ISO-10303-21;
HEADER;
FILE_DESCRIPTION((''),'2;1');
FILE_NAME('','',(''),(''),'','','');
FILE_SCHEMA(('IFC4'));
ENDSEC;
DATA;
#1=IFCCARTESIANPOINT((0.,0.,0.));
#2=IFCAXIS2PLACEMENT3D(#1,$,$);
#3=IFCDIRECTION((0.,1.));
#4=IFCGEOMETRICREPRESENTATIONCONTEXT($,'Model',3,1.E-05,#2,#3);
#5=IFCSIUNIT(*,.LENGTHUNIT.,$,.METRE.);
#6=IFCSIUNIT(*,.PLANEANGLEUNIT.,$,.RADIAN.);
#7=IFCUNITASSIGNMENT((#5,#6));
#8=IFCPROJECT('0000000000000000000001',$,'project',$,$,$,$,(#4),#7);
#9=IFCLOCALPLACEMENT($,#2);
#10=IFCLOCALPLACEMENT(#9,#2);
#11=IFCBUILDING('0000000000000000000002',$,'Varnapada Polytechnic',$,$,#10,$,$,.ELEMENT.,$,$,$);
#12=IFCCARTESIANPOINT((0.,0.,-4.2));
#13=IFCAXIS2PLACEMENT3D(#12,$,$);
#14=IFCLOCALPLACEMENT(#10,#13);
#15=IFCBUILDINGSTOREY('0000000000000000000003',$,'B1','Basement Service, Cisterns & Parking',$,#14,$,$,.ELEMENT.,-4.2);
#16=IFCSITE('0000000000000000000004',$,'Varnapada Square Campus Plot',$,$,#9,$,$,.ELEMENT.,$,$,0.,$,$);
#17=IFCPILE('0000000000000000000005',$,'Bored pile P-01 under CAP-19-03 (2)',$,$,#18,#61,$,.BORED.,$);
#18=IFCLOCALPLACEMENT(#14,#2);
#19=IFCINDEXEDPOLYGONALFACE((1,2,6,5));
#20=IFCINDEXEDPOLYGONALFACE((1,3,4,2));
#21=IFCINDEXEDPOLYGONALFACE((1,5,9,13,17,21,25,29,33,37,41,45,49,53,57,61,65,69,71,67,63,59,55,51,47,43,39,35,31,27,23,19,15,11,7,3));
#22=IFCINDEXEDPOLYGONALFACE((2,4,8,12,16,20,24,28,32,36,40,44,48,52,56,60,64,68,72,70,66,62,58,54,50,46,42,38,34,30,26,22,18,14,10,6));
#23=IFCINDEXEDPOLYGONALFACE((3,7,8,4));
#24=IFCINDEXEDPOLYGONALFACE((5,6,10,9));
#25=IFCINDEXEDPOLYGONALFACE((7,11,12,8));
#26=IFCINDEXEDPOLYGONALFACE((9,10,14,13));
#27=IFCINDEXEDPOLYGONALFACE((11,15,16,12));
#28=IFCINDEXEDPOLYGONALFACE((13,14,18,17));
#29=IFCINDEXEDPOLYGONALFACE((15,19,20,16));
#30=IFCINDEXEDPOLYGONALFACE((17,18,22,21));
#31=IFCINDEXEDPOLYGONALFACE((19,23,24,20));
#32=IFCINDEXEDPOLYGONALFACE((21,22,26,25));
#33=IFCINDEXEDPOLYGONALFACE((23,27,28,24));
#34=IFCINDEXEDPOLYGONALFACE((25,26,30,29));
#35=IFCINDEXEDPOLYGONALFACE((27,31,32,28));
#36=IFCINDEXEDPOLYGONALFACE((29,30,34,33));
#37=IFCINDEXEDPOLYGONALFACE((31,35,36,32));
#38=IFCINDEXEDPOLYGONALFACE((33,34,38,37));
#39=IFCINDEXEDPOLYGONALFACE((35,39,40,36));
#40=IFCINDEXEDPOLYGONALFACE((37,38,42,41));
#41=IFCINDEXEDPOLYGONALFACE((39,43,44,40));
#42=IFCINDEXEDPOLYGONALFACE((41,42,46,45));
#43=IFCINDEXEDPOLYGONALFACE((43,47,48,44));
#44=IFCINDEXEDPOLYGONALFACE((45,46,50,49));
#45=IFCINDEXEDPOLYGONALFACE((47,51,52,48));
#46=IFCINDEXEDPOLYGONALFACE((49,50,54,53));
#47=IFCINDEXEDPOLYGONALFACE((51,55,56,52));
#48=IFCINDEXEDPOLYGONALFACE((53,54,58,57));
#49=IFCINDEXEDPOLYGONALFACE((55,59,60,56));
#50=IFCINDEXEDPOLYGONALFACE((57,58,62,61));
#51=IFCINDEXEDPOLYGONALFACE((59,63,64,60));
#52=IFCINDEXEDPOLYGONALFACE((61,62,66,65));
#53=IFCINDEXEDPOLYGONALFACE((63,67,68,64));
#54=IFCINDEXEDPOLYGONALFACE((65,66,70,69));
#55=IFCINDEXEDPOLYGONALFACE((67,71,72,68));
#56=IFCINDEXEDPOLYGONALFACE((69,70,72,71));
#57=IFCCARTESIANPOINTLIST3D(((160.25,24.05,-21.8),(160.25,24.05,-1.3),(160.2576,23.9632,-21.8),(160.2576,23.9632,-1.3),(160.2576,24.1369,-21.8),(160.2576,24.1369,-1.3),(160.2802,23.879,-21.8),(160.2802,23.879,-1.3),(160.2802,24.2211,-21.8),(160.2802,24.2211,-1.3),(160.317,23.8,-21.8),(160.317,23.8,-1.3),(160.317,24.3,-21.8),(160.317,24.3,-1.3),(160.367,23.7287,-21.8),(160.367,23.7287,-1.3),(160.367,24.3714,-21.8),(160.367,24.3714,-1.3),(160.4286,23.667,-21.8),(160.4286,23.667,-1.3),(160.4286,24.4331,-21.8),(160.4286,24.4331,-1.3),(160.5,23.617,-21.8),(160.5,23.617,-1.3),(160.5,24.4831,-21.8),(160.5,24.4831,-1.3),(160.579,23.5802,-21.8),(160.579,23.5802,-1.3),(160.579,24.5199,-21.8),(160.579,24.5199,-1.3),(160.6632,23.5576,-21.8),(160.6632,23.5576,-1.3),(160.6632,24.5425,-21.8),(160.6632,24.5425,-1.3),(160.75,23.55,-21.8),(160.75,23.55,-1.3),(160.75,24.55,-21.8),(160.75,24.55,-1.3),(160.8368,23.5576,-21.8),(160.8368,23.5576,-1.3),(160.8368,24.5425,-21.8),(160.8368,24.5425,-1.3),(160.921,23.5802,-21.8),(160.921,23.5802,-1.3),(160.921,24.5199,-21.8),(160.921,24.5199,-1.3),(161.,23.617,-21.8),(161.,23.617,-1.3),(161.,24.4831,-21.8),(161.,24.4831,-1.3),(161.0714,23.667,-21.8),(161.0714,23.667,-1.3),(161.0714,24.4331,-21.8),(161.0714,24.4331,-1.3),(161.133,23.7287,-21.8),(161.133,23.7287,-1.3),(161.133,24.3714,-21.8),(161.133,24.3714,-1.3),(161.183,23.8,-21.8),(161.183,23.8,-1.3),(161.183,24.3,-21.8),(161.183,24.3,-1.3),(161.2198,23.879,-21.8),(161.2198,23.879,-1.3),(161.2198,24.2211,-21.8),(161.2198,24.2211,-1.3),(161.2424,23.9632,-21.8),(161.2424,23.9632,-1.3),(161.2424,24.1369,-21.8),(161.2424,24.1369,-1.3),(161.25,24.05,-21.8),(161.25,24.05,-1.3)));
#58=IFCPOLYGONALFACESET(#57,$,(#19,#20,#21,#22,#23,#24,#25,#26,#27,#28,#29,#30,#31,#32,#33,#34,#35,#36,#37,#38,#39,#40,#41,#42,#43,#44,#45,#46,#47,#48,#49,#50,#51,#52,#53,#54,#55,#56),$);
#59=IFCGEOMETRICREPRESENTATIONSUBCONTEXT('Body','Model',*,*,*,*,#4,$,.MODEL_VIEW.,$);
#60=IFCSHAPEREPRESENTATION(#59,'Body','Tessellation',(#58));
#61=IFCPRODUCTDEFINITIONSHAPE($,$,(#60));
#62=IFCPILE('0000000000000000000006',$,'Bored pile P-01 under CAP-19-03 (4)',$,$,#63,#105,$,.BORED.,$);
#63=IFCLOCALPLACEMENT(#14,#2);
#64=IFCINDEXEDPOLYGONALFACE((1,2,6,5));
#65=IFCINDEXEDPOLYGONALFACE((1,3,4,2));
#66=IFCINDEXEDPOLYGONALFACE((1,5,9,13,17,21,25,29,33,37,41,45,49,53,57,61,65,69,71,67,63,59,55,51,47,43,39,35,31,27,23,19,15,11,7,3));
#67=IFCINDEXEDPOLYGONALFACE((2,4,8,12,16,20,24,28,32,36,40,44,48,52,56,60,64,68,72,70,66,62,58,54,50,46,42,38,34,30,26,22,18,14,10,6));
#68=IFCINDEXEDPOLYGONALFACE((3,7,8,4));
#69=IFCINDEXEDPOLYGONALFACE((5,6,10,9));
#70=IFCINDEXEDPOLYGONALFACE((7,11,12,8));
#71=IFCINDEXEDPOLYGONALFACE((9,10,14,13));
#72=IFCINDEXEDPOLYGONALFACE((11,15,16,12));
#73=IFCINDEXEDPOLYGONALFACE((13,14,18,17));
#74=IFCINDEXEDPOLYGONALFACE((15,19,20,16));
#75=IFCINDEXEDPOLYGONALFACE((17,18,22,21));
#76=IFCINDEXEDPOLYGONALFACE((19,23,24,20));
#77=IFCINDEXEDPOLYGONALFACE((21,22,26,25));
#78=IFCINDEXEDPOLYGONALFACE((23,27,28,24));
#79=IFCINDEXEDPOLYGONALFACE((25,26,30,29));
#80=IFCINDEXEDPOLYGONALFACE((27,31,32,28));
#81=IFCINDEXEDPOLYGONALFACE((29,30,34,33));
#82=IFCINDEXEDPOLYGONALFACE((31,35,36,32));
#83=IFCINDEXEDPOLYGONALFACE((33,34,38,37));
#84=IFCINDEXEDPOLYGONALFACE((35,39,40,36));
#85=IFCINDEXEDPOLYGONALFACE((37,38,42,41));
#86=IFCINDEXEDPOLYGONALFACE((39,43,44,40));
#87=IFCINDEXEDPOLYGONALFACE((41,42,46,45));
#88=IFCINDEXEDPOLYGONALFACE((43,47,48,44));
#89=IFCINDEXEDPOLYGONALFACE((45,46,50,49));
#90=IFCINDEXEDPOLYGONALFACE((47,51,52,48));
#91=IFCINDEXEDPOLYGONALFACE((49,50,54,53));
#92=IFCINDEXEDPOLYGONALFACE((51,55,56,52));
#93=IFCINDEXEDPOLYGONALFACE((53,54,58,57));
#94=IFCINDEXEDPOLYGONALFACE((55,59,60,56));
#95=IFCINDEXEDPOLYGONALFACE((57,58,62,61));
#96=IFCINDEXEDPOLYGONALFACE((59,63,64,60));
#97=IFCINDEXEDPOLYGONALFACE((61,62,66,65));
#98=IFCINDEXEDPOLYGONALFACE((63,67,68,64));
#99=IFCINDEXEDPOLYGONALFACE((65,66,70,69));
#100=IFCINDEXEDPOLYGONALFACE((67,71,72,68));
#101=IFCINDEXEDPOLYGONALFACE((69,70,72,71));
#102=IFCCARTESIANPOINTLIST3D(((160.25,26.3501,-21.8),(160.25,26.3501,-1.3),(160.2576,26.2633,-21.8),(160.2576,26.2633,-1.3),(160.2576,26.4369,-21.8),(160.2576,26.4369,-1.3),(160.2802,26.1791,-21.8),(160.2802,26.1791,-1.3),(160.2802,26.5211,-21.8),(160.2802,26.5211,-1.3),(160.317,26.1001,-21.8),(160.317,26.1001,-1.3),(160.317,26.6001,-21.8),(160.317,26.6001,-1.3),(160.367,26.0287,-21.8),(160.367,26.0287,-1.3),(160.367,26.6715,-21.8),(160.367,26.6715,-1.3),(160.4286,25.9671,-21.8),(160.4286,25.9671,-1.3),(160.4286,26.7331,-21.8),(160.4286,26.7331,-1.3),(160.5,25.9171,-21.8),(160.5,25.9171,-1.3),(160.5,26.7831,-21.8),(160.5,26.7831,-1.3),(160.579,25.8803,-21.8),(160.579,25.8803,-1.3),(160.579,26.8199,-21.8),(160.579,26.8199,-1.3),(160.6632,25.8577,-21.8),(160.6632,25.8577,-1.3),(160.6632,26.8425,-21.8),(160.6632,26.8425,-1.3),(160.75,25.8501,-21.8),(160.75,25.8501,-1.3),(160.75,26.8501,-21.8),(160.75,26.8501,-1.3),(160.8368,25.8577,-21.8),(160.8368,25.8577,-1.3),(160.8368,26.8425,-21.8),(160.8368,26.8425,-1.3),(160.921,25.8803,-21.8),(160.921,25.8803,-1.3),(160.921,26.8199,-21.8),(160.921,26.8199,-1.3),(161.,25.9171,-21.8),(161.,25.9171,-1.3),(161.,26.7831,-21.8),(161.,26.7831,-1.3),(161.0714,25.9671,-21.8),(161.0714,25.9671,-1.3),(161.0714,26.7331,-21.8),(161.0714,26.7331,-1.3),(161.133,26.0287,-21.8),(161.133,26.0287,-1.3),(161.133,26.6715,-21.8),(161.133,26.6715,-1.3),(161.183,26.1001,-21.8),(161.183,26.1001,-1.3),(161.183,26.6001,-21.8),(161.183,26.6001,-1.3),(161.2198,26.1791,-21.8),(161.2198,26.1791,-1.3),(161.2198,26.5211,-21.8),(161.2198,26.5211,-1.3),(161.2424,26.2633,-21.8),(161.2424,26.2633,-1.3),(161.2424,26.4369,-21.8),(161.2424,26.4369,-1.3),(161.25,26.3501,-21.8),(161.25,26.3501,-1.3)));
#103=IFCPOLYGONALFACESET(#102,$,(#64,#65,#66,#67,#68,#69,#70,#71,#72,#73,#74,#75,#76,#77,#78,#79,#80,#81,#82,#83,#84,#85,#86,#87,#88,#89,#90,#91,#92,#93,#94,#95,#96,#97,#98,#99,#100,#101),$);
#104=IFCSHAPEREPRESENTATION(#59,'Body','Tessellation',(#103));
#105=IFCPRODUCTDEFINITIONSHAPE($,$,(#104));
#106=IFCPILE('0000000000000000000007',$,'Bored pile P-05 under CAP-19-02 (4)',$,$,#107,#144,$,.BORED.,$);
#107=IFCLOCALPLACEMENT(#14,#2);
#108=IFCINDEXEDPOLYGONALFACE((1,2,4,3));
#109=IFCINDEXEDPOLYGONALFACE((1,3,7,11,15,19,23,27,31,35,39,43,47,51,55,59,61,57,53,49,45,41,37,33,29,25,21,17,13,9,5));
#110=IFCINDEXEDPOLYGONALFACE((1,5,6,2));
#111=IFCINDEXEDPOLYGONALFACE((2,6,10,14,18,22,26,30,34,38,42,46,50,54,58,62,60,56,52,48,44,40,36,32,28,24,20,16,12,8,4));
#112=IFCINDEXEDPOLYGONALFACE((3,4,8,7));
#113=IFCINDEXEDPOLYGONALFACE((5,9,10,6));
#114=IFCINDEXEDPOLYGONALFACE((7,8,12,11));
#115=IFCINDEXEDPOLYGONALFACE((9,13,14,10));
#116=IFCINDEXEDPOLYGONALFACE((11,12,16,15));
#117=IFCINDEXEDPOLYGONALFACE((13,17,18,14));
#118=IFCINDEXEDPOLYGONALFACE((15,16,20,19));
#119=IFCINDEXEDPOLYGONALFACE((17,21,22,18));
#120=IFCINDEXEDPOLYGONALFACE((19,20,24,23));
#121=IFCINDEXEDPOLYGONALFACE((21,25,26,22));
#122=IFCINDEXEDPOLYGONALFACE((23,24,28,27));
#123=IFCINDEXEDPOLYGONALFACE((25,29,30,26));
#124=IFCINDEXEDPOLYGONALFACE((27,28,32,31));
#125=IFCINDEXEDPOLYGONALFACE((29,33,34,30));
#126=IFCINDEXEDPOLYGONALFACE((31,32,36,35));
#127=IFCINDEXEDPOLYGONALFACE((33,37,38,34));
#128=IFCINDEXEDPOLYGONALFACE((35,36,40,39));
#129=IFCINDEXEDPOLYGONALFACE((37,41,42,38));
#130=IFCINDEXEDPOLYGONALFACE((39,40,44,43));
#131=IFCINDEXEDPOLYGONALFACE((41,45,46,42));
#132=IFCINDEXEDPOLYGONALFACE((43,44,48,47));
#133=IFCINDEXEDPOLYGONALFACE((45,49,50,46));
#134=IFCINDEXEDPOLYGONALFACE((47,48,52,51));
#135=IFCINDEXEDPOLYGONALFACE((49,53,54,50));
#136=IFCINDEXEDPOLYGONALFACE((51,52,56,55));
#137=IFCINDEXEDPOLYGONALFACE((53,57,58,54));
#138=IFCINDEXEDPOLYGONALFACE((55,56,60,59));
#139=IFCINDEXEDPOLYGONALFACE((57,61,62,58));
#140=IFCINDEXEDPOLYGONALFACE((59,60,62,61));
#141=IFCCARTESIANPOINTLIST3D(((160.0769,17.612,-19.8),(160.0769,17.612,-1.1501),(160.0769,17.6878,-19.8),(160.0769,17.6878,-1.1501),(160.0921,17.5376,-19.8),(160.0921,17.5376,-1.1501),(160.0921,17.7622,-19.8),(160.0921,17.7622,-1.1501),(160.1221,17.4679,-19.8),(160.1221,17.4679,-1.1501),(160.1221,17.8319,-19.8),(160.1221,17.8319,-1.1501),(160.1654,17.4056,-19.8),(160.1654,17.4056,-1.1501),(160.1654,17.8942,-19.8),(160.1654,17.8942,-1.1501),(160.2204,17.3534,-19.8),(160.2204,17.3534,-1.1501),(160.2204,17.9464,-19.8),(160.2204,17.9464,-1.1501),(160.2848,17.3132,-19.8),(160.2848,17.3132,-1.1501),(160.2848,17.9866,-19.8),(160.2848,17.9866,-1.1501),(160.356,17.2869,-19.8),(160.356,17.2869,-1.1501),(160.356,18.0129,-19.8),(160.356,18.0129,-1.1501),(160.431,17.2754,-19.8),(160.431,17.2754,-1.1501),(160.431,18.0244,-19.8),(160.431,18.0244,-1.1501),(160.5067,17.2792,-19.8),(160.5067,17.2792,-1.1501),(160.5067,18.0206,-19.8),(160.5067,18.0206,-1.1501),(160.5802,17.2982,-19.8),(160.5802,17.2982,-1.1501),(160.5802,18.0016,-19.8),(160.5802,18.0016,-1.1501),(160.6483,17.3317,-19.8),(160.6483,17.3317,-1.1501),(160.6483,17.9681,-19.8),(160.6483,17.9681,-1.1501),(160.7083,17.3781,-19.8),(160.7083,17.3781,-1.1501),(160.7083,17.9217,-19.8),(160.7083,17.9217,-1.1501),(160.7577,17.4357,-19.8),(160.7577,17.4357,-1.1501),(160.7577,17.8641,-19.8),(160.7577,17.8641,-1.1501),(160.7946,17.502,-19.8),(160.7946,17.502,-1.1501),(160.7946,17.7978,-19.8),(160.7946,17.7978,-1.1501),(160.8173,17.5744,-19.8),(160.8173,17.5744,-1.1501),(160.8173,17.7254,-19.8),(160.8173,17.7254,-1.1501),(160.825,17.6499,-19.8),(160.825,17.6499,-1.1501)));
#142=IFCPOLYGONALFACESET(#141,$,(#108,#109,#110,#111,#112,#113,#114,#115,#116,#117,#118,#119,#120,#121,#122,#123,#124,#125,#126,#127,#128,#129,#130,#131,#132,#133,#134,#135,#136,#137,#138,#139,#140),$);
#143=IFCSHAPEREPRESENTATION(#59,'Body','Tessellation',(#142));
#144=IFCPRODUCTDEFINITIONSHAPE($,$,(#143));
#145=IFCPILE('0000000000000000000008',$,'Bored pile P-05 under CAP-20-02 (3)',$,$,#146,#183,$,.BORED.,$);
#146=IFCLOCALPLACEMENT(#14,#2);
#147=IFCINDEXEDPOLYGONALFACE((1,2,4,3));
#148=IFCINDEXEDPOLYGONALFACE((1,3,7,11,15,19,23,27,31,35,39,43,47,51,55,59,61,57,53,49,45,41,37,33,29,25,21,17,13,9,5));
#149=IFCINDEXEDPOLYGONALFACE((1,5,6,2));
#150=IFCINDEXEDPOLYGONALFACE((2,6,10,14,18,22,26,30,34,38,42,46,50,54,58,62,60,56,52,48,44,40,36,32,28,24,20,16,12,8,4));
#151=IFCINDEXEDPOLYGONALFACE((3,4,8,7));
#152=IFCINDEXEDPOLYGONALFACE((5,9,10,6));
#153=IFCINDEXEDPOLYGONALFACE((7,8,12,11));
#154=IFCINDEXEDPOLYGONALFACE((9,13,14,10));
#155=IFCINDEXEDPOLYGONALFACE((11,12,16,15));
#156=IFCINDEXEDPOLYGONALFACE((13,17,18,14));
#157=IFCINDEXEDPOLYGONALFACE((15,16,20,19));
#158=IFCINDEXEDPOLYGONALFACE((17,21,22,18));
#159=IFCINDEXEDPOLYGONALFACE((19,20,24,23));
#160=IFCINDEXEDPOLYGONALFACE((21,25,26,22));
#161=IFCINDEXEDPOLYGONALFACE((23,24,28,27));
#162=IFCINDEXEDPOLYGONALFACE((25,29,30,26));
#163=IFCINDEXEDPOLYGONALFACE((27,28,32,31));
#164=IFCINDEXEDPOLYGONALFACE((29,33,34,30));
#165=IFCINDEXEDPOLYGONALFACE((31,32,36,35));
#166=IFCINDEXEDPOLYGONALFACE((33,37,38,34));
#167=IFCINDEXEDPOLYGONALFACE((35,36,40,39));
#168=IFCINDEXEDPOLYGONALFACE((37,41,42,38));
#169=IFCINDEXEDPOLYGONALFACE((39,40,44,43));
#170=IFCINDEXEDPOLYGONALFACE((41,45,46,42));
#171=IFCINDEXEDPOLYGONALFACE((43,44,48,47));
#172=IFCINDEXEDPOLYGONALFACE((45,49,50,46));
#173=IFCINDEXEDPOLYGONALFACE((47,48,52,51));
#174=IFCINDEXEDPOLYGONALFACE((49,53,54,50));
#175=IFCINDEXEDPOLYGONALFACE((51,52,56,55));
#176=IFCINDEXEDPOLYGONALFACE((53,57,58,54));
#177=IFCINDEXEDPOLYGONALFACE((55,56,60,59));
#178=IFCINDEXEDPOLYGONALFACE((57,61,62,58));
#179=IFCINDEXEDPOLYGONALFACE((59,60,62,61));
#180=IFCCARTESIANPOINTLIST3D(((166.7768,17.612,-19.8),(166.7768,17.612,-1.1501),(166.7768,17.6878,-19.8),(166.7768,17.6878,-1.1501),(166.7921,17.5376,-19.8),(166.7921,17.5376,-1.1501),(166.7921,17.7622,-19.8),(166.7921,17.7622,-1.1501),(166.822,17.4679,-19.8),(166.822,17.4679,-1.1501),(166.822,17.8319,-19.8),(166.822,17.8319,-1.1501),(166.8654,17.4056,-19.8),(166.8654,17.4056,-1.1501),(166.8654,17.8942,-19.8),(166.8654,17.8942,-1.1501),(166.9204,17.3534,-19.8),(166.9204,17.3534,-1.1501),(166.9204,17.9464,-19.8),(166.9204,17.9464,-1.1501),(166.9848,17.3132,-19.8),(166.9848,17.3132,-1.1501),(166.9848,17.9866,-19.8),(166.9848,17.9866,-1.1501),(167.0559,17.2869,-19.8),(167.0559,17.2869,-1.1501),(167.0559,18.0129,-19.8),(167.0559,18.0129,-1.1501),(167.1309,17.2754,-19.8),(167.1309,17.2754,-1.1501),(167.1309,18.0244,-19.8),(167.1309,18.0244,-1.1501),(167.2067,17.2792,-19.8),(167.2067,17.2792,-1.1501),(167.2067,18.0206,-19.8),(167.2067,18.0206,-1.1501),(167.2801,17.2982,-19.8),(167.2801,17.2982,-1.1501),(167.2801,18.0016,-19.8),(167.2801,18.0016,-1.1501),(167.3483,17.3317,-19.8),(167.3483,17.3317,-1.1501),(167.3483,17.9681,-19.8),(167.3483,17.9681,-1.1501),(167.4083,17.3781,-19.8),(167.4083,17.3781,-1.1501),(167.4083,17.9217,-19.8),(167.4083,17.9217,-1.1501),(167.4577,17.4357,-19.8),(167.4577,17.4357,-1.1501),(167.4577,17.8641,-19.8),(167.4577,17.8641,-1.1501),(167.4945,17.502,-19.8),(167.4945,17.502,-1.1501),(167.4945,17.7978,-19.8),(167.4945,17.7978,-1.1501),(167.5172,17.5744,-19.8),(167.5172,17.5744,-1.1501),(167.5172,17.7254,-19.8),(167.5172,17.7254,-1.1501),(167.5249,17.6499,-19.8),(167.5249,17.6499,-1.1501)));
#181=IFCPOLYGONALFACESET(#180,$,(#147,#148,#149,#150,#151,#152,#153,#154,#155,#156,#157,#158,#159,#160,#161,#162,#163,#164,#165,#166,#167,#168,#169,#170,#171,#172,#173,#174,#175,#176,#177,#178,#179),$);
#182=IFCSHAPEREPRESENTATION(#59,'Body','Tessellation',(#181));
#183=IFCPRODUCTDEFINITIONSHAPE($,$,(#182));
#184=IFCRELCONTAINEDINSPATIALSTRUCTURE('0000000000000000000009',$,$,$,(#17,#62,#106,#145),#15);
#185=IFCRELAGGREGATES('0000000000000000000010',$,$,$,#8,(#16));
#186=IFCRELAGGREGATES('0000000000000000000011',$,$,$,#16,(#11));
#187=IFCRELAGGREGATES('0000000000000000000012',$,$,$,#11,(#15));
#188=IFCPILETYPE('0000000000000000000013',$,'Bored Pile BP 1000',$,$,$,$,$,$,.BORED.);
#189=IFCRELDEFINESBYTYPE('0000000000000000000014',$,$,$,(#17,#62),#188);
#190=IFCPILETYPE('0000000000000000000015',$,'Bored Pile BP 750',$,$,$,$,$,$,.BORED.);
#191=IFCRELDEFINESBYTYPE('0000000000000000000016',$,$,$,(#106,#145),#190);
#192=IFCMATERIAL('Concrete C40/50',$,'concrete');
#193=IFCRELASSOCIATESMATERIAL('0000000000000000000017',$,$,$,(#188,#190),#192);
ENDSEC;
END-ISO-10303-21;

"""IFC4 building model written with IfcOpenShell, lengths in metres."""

from ifc_helpers import new_model, si_unit, direction, frame, origin, origin_2d, place, context, subcontext, project, spatial, circle, extrude, material, material_profile, profile_set, type_object, element, save


model = new_model("IFC4")

# Units and contexts
model_context = context("Model", 3, precision=1e-05, world=origin(), true_north=direction((0.0, 1.0)))
body_context = subcontext(model_context, "Body", "Model", "MODEL_VIEW")
ifc_project = project(units=[si_unit("LENGTHUNIT", "METRE"), si_unit("PLANEANGLEUNIT", "RADIAN")], contexts=[model_context])

# Site, building, storey
site_placement = place(None, origin())
site = spatial("IfcSite", under=ifc_project, at=site_placement, Name="Varnapada Square Campus Plot", CompositionType="ELEMENT", RefElevation=0.0)
building_placement = place(site_placement, origin())
building = spatial("IfcBuilding", under=site, at=building_placement, Name="Varnapada Polytechnic", CompositionType="ELEMENT")
storey_placement = place(building_placement, frame((0.0, 0.0, -4.2)))
storey = spatial("IfcBuildingStorey", under=building, at=storey_placement, Name="B1", Description="Basement Service, Cisterns & Parking", CompositionType="ELEMENT", Elevation=-4.2)

# Piles
ifc_material_1 = material(Name="Concrete C40/50", Category="concrete")
ifc_material_profile_1 = material_profile(ifc_material_1, circle(Radius=0.5, at=origin_2d()), Name="BP 1000")
ifc_profile_set_1 = profile_set([ifc_material_profile_1], Name="Concrete C40/50")
pile_type_1 = type_object("IfcPileType", Name="Bored Pile BP 1000", PredefinedType="BORED", material=ifc_profile_set_1)
for number, where, z_axis, x_axis, name in (
    (1, (160.75, 24.05, -1.3), (0.0, 0.0, -1.0), (1.0, 0.0, 0.0), "Bored pile P-01 under CAP-19-03 (2)"),
    (2, (160.75, 26.3501, -1.3), (0.0, 0.0, -1.0), (1.0, 0.0, 0.0), "Bored pile P-01 under CAP-19-03 (4)"),
):
    element("IfcPile", number, at=place(storey_placement, frame(where, z_axis=z_axis, x_axis=x_axis)), inside=storey, type_object=pile_type_1, Name=name, PredefinedType="BORED", context=body_context, shape_type="SweptSolid", body=[
        extrude(circle(Radius=0.5, at=origin_2d()), origin(), (0.0, 0.0, 1.0), 20.5),
    ])
ifc_material_profile_2 = material_profile(ifc_material_1, circle(Radius=0.375, at=origin_2d()), Name="BP 750")
ifc_profile_set_2 = profile_set([ifc_material_profile_2], Name="Concrete C40/50")
pile_type_2 = type_object("IfcPileType", Name="Bored Pile BP 750", PredefinedType="BORED", material=ifc_profile_set_2)
for number, where, z_axis, x_axis, name in (
    (3, (160.45, 17.6499, -1.1501), (0.0, 0.0, -1.0), (1.0, 0.0, 0.0), "Bored pile P-05 under CAP-19-02 (4)"),
    (4, (167.1499, 17.6499, -1.1501), (0.0, 0.0, -1.0), (1.0, 0.0, 0.0), "Bored pile P-05 under CAP-20-02 (3)"),
):
    element("IfcPile", number, at=place(storey_placement, frame(where, z_axis=z_axis, x_axis=x_axis)), inside=storey, type_object=pile_type_2, Name=name, PredefinedType="BORED", context=body_context, shape_type="SweptSolid", body=[
        extrude(circle(Radius=0.375, at=origin_2d()), origin(), (0.0, 0.0, 1.0), 18.6499),
    ])

save(model, "model.ifc")
